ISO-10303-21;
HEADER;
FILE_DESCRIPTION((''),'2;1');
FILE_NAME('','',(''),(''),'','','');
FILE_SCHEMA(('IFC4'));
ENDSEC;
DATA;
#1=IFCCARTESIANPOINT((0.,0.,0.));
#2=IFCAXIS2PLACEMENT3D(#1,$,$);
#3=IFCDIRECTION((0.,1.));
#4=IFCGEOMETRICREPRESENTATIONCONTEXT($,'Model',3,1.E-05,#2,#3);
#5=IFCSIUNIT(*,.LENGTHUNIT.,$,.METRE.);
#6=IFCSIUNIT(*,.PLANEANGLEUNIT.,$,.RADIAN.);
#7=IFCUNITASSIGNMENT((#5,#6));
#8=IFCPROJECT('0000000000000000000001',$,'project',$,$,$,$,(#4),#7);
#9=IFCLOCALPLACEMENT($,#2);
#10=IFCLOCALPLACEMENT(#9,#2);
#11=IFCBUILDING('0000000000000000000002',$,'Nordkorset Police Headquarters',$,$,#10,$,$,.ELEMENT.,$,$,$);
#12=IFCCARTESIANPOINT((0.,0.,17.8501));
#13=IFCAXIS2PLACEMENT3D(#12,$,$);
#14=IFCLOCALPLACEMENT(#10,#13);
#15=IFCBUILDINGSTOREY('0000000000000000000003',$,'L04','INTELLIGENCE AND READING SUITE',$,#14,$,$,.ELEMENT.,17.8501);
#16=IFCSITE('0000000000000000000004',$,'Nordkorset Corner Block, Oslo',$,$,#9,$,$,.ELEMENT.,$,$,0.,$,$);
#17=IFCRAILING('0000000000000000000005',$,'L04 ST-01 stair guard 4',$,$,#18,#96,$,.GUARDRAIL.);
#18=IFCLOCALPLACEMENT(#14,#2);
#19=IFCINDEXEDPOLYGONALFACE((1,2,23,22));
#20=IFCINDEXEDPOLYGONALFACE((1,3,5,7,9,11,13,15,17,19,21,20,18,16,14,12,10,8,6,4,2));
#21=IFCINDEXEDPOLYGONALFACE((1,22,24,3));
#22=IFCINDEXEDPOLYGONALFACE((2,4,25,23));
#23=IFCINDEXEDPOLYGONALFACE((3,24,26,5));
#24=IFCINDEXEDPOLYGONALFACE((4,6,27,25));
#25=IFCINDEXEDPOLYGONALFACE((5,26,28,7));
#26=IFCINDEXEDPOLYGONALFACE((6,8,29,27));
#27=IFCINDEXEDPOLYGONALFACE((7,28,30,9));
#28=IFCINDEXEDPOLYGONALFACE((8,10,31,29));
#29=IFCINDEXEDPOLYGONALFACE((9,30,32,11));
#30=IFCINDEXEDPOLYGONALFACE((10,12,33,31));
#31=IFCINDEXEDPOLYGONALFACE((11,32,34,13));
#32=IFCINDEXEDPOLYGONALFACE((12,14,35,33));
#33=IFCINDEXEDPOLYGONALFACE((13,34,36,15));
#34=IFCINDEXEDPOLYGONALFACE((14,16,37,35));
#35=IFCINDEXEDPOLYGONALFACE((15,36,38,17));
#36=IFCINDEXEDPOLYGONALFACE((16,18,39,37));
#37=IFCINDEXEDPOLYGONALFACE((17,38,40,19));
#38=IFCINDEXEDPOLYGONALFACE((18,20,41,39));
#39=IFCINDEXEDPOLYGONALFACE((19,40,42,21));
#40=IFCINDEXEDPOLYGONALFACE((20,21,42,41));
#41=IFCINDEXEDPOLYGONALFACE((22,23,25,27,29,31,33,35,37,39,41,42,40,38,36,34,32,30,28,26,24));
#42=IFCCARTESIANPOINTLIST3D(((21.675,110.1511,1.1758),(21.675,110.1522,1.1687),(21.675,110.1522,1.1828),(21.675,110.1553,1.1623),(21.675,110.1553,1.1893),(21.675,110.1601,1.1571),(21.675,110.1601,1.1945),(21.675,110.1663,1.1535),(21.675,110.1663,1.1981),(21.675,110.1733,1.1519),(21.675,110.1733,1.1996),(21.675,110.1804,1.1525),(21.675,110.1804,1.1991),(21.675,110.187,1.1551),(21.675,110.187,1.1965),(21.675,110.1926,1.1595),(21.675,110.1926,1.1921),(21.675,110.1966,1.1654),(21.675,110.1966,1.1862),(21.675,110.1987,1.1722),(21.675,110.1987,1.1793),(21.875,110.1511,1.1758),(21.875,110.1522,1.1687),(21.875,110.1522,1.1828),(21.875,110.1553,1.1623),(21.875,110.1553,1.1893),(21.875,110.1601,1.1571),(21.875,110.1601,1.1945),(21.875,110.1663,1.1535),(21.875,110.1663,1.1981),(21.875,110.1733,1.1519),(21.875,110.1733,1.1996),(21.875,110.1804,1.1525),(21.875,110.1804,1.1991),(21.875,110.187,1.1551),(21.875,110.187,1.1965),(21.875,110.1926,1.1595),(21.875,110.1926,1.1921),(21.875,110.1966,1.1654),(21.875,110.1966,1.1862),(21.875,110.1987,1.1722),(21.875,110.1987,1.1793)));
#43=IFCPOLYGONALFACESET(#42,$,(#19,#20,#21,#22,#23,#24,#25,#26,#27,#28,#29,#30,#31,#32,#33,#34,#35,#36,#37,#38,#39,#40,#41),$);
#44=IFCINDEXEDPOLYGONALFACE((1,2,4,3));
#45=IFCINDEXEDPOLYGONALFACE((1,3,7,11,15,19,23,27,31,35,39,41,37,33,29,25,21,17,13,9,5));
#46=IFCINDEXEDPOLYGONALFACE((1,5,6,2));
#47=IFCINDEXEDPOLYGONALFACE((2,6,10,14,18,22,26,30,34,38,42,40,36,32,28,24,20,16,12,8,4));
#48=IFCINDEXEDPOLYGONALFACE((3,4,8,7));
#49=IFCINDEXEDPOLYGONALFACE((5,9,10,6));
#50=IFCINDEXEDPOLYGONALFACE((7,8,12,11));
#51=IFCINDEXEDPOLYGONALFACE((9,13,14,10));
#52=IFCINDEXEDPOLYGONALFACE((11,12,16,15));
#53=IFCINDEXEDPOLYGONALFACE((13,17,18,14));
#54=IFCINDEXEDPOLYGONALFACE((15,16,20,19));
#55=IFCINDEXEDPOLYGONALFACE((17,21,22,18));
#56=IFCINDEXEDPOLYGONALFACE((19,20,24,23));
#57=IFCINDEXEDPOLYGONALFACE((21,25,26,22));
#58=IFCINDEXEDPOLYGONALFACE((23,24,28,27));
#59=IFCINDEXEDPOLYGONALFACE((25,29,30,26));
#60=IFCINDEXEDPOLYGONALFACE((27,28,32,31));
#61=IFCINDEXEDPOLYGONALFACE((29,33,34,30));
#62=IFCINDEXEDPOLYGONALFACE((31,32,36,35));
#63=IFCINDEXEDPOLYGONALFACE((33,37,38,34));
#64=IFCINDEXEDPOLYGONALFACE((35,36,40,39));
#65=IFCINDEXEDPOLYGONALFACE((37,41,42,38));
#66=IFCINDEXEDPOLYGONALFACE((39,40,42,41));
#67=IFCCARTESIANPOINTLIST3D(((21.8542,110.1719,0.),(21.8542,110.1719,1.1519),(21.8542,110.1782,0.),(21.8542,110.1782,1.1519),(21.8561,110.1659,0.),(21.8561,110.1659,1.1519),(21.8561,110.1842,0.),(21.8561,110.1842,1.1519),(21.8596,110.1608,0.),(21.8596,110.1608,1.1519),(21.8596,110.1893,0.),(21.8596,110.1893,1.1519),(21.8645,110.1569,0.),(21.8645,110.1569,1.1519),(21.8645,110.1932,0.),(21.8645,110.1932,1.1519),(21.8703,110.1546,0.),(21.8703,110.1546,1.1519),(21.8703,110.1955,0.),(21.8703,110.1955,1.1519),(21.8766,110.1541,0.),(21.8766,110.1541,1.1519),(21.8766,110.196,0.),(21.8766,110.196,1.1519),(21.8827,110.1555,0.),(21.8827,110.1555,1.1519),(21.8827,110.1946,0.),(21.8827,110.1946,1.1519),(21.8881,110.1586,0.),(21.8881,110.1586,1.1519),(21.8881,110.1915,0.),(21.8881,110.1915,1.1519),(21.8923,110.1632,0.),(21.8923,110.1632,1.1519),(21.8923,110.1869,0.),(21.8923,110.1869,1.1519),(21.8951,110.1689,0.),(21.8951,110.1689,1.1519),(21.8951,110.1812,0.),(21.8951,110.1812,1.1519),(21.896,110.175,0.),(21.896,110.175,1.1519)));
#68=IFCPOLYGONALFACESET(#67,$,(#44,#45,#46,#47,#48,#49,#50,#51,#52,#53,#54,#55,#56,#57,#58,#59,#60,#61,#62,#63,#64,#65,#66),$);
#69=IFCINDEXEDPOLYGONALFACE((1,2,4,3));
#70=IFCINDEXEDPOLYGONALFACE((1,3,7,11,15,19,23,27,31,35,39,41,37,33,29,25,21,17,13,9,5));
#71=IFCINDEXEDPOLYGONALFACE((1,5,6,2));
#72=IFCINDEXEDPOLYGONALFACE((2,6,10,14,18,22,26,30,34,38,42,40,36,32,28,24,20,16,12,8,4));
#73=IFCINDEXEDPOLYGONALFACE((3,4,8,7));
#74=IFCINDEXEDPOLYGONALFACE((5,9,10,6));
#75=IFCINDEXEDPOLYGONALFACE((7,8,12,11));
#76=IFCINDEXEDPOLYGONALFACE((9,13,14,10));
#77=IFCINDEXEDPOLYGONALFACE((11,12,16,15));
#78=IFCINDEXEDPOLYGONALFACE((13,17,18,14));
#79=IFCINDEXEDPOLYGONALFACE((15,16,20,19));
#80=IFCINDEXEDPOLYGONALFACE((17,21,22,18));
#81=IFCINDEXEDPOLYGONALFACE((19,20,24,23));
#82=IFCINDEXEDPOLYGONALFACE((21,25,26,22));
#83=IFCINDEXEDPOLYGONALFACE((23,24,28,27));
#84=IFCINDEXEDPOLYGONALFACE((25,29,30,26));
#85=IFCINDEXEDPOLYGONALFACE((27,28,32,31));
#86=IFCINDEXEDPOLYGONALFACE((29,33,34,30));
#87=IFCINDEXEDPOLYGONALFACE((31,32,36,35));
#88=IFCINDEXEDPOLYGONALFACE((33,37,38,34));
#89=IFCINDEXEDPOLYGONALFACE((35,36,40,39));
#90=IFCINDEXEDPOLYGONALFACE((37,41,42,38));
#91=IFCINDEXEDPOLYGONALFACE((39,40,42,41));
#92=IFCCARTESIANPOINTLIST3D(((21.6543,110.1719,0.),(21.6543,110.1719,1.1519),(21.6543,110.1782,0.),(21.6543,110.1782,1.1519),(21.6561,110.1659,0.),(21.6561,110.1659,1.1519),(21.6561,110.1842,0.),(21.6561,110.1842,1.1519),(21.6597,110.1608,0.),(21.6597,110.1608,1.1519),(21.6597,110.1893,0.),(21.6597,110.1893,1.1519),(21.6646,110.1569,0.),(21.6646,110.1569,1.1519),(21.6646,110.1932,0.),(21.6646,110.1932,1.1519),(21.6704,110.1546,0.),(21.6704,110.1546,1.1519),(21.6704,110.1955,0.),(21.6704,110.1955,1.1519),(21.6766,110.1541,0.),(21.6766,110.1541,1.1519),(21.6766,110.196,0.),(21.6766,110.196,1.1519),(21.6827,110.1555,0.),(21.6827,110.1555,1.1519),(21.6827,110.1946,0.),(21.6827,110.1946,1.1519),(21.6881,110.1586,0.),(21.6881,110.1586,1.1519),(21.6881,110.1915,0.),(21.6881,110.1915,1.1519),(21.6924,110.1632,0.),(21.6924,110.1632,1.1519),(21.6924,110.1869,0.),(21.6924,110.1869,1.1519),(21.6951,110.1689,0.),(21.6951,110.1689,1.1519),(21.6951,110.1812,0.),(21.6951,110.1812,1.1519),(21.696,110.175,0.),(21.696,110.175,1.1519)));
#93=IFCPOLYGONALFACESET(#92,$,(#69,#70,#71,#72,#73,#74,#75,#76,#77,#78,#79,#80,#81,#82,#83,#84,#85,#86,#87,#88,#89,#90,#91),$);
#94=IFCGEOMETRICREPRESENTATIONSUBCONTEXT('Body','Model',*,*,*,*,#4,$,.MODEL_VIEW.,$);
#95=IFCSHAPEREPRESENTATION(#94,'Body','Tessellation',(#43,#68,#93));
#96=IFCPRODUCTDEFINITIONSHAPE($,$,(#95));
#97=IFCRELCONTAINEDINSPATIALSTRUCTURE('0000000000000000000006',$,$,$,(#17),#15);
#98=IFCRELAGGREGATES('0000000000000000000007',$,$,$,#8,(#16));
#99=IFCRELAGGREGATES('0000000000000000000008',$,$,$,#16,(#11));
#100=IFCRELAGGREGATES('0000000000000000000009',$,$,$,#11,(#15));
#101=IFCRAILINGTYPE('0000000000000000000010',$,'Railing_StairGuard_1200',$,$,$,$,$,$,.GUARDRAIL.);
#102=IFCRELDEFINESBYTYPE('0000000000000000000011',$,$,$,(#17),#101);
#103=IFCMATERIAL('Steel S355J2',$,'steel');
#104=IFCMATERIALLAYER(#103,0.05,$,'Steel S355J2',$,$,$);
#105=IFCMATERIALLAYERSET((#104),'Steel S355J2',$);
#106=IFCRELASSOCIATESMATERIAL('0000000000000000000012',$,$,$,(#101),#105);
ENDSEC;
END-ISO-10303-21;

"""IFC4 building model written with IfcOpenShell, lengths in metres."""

from ifc_helpers import new_model, si_unit, direction, frame, origin, origin_2d, place, context, subcontext, project, spatial, circle, extrude, material, layer, layer_set, type_object, element, save


model = new_model("IFC4")

# Units and contexts
model_context = context("Model", 3, precision=1e-05, world=origin(), true_north=direction((0.0, 1.0)))
body_context = subcontext(model_context, "Body", "Model", "MODEL_VIEW")
ifc_project = project(units=[si_unit("LENGTHUNIT", "METRE"), si_unit("PLANEANGLEUNIT", "RADIAN")], contexts=[model_context])

# Site, building, storey
site_placement = place(None, origin())
site = spatial("IfcSite", under=ifc_project, at=site_placement, Name="Nordkorset Corner Block, Oslo", CompositionType="ELEMENT", RefElevation=0.0)
building_placement = place(site_placement, origin())
building = spatial("IfcBuilding", under=site, at=building_placement, Name="Nordkorset Police Headquarters", CompositionType="ELEMENT")
storey_placement = place(building_placement, frame((0.0, 0.0, 17.8501)))
storey = spatial("IfcBuildingStorey", under=building, at=storey_placement, Name="L04", Description="INTELLIGENCE AND READING SUITE", CompositionType="ELEMENT", Elevation=17.8501)

# Railing
ifc_material_1 = material(Name="Steel S355J2", Category="steel")
ifc_layer_1 = layer(ifc_material_1, 0.05, Name="Steel S355J2")
ifc_layer_set_1 = layer_set([ifc_layer_1], Name="Steel S355J2")
railing_type_1 = type_object("IfcRailingType", Name="Railing_StairGuard_1200", PredefinedType="GUARDRAIL", material=ifc_layer_set_1)
railing_1_placement = place(storey_placement, frame((21.875, 110.175, 0.0)))
element("IfcRailing", 1, at=railing_1_placement, inside=storey, type_object=railing_type_1, Name="L04 ST-01 stair guard 4", PredefinedType="GUARDRAIL", context=body_context, shape_type="SweptSolid", body=[
    extrude(circle(Radius=0.0239, at=origin_2d()), frame((0.0, 0.0, 1.1758), z_axis=(-1.0, 0.0, 0.0), x_axis=(0.0, -1.0, 0.0)), (0.0, 0.0, 1.0), 0.2),
    extrude(circle(Radius=0.021, at=origin_2d()), origin(), (0.0, 0.0, 1.0), 1.1519),
    extrude(circle(Radius=0.021, at=origin_2d()), frame((-0.2, 0.0, 0.0)), (0.0, 0.0, 1.0), 1.1519),
])

save(model, "model.ifc")
